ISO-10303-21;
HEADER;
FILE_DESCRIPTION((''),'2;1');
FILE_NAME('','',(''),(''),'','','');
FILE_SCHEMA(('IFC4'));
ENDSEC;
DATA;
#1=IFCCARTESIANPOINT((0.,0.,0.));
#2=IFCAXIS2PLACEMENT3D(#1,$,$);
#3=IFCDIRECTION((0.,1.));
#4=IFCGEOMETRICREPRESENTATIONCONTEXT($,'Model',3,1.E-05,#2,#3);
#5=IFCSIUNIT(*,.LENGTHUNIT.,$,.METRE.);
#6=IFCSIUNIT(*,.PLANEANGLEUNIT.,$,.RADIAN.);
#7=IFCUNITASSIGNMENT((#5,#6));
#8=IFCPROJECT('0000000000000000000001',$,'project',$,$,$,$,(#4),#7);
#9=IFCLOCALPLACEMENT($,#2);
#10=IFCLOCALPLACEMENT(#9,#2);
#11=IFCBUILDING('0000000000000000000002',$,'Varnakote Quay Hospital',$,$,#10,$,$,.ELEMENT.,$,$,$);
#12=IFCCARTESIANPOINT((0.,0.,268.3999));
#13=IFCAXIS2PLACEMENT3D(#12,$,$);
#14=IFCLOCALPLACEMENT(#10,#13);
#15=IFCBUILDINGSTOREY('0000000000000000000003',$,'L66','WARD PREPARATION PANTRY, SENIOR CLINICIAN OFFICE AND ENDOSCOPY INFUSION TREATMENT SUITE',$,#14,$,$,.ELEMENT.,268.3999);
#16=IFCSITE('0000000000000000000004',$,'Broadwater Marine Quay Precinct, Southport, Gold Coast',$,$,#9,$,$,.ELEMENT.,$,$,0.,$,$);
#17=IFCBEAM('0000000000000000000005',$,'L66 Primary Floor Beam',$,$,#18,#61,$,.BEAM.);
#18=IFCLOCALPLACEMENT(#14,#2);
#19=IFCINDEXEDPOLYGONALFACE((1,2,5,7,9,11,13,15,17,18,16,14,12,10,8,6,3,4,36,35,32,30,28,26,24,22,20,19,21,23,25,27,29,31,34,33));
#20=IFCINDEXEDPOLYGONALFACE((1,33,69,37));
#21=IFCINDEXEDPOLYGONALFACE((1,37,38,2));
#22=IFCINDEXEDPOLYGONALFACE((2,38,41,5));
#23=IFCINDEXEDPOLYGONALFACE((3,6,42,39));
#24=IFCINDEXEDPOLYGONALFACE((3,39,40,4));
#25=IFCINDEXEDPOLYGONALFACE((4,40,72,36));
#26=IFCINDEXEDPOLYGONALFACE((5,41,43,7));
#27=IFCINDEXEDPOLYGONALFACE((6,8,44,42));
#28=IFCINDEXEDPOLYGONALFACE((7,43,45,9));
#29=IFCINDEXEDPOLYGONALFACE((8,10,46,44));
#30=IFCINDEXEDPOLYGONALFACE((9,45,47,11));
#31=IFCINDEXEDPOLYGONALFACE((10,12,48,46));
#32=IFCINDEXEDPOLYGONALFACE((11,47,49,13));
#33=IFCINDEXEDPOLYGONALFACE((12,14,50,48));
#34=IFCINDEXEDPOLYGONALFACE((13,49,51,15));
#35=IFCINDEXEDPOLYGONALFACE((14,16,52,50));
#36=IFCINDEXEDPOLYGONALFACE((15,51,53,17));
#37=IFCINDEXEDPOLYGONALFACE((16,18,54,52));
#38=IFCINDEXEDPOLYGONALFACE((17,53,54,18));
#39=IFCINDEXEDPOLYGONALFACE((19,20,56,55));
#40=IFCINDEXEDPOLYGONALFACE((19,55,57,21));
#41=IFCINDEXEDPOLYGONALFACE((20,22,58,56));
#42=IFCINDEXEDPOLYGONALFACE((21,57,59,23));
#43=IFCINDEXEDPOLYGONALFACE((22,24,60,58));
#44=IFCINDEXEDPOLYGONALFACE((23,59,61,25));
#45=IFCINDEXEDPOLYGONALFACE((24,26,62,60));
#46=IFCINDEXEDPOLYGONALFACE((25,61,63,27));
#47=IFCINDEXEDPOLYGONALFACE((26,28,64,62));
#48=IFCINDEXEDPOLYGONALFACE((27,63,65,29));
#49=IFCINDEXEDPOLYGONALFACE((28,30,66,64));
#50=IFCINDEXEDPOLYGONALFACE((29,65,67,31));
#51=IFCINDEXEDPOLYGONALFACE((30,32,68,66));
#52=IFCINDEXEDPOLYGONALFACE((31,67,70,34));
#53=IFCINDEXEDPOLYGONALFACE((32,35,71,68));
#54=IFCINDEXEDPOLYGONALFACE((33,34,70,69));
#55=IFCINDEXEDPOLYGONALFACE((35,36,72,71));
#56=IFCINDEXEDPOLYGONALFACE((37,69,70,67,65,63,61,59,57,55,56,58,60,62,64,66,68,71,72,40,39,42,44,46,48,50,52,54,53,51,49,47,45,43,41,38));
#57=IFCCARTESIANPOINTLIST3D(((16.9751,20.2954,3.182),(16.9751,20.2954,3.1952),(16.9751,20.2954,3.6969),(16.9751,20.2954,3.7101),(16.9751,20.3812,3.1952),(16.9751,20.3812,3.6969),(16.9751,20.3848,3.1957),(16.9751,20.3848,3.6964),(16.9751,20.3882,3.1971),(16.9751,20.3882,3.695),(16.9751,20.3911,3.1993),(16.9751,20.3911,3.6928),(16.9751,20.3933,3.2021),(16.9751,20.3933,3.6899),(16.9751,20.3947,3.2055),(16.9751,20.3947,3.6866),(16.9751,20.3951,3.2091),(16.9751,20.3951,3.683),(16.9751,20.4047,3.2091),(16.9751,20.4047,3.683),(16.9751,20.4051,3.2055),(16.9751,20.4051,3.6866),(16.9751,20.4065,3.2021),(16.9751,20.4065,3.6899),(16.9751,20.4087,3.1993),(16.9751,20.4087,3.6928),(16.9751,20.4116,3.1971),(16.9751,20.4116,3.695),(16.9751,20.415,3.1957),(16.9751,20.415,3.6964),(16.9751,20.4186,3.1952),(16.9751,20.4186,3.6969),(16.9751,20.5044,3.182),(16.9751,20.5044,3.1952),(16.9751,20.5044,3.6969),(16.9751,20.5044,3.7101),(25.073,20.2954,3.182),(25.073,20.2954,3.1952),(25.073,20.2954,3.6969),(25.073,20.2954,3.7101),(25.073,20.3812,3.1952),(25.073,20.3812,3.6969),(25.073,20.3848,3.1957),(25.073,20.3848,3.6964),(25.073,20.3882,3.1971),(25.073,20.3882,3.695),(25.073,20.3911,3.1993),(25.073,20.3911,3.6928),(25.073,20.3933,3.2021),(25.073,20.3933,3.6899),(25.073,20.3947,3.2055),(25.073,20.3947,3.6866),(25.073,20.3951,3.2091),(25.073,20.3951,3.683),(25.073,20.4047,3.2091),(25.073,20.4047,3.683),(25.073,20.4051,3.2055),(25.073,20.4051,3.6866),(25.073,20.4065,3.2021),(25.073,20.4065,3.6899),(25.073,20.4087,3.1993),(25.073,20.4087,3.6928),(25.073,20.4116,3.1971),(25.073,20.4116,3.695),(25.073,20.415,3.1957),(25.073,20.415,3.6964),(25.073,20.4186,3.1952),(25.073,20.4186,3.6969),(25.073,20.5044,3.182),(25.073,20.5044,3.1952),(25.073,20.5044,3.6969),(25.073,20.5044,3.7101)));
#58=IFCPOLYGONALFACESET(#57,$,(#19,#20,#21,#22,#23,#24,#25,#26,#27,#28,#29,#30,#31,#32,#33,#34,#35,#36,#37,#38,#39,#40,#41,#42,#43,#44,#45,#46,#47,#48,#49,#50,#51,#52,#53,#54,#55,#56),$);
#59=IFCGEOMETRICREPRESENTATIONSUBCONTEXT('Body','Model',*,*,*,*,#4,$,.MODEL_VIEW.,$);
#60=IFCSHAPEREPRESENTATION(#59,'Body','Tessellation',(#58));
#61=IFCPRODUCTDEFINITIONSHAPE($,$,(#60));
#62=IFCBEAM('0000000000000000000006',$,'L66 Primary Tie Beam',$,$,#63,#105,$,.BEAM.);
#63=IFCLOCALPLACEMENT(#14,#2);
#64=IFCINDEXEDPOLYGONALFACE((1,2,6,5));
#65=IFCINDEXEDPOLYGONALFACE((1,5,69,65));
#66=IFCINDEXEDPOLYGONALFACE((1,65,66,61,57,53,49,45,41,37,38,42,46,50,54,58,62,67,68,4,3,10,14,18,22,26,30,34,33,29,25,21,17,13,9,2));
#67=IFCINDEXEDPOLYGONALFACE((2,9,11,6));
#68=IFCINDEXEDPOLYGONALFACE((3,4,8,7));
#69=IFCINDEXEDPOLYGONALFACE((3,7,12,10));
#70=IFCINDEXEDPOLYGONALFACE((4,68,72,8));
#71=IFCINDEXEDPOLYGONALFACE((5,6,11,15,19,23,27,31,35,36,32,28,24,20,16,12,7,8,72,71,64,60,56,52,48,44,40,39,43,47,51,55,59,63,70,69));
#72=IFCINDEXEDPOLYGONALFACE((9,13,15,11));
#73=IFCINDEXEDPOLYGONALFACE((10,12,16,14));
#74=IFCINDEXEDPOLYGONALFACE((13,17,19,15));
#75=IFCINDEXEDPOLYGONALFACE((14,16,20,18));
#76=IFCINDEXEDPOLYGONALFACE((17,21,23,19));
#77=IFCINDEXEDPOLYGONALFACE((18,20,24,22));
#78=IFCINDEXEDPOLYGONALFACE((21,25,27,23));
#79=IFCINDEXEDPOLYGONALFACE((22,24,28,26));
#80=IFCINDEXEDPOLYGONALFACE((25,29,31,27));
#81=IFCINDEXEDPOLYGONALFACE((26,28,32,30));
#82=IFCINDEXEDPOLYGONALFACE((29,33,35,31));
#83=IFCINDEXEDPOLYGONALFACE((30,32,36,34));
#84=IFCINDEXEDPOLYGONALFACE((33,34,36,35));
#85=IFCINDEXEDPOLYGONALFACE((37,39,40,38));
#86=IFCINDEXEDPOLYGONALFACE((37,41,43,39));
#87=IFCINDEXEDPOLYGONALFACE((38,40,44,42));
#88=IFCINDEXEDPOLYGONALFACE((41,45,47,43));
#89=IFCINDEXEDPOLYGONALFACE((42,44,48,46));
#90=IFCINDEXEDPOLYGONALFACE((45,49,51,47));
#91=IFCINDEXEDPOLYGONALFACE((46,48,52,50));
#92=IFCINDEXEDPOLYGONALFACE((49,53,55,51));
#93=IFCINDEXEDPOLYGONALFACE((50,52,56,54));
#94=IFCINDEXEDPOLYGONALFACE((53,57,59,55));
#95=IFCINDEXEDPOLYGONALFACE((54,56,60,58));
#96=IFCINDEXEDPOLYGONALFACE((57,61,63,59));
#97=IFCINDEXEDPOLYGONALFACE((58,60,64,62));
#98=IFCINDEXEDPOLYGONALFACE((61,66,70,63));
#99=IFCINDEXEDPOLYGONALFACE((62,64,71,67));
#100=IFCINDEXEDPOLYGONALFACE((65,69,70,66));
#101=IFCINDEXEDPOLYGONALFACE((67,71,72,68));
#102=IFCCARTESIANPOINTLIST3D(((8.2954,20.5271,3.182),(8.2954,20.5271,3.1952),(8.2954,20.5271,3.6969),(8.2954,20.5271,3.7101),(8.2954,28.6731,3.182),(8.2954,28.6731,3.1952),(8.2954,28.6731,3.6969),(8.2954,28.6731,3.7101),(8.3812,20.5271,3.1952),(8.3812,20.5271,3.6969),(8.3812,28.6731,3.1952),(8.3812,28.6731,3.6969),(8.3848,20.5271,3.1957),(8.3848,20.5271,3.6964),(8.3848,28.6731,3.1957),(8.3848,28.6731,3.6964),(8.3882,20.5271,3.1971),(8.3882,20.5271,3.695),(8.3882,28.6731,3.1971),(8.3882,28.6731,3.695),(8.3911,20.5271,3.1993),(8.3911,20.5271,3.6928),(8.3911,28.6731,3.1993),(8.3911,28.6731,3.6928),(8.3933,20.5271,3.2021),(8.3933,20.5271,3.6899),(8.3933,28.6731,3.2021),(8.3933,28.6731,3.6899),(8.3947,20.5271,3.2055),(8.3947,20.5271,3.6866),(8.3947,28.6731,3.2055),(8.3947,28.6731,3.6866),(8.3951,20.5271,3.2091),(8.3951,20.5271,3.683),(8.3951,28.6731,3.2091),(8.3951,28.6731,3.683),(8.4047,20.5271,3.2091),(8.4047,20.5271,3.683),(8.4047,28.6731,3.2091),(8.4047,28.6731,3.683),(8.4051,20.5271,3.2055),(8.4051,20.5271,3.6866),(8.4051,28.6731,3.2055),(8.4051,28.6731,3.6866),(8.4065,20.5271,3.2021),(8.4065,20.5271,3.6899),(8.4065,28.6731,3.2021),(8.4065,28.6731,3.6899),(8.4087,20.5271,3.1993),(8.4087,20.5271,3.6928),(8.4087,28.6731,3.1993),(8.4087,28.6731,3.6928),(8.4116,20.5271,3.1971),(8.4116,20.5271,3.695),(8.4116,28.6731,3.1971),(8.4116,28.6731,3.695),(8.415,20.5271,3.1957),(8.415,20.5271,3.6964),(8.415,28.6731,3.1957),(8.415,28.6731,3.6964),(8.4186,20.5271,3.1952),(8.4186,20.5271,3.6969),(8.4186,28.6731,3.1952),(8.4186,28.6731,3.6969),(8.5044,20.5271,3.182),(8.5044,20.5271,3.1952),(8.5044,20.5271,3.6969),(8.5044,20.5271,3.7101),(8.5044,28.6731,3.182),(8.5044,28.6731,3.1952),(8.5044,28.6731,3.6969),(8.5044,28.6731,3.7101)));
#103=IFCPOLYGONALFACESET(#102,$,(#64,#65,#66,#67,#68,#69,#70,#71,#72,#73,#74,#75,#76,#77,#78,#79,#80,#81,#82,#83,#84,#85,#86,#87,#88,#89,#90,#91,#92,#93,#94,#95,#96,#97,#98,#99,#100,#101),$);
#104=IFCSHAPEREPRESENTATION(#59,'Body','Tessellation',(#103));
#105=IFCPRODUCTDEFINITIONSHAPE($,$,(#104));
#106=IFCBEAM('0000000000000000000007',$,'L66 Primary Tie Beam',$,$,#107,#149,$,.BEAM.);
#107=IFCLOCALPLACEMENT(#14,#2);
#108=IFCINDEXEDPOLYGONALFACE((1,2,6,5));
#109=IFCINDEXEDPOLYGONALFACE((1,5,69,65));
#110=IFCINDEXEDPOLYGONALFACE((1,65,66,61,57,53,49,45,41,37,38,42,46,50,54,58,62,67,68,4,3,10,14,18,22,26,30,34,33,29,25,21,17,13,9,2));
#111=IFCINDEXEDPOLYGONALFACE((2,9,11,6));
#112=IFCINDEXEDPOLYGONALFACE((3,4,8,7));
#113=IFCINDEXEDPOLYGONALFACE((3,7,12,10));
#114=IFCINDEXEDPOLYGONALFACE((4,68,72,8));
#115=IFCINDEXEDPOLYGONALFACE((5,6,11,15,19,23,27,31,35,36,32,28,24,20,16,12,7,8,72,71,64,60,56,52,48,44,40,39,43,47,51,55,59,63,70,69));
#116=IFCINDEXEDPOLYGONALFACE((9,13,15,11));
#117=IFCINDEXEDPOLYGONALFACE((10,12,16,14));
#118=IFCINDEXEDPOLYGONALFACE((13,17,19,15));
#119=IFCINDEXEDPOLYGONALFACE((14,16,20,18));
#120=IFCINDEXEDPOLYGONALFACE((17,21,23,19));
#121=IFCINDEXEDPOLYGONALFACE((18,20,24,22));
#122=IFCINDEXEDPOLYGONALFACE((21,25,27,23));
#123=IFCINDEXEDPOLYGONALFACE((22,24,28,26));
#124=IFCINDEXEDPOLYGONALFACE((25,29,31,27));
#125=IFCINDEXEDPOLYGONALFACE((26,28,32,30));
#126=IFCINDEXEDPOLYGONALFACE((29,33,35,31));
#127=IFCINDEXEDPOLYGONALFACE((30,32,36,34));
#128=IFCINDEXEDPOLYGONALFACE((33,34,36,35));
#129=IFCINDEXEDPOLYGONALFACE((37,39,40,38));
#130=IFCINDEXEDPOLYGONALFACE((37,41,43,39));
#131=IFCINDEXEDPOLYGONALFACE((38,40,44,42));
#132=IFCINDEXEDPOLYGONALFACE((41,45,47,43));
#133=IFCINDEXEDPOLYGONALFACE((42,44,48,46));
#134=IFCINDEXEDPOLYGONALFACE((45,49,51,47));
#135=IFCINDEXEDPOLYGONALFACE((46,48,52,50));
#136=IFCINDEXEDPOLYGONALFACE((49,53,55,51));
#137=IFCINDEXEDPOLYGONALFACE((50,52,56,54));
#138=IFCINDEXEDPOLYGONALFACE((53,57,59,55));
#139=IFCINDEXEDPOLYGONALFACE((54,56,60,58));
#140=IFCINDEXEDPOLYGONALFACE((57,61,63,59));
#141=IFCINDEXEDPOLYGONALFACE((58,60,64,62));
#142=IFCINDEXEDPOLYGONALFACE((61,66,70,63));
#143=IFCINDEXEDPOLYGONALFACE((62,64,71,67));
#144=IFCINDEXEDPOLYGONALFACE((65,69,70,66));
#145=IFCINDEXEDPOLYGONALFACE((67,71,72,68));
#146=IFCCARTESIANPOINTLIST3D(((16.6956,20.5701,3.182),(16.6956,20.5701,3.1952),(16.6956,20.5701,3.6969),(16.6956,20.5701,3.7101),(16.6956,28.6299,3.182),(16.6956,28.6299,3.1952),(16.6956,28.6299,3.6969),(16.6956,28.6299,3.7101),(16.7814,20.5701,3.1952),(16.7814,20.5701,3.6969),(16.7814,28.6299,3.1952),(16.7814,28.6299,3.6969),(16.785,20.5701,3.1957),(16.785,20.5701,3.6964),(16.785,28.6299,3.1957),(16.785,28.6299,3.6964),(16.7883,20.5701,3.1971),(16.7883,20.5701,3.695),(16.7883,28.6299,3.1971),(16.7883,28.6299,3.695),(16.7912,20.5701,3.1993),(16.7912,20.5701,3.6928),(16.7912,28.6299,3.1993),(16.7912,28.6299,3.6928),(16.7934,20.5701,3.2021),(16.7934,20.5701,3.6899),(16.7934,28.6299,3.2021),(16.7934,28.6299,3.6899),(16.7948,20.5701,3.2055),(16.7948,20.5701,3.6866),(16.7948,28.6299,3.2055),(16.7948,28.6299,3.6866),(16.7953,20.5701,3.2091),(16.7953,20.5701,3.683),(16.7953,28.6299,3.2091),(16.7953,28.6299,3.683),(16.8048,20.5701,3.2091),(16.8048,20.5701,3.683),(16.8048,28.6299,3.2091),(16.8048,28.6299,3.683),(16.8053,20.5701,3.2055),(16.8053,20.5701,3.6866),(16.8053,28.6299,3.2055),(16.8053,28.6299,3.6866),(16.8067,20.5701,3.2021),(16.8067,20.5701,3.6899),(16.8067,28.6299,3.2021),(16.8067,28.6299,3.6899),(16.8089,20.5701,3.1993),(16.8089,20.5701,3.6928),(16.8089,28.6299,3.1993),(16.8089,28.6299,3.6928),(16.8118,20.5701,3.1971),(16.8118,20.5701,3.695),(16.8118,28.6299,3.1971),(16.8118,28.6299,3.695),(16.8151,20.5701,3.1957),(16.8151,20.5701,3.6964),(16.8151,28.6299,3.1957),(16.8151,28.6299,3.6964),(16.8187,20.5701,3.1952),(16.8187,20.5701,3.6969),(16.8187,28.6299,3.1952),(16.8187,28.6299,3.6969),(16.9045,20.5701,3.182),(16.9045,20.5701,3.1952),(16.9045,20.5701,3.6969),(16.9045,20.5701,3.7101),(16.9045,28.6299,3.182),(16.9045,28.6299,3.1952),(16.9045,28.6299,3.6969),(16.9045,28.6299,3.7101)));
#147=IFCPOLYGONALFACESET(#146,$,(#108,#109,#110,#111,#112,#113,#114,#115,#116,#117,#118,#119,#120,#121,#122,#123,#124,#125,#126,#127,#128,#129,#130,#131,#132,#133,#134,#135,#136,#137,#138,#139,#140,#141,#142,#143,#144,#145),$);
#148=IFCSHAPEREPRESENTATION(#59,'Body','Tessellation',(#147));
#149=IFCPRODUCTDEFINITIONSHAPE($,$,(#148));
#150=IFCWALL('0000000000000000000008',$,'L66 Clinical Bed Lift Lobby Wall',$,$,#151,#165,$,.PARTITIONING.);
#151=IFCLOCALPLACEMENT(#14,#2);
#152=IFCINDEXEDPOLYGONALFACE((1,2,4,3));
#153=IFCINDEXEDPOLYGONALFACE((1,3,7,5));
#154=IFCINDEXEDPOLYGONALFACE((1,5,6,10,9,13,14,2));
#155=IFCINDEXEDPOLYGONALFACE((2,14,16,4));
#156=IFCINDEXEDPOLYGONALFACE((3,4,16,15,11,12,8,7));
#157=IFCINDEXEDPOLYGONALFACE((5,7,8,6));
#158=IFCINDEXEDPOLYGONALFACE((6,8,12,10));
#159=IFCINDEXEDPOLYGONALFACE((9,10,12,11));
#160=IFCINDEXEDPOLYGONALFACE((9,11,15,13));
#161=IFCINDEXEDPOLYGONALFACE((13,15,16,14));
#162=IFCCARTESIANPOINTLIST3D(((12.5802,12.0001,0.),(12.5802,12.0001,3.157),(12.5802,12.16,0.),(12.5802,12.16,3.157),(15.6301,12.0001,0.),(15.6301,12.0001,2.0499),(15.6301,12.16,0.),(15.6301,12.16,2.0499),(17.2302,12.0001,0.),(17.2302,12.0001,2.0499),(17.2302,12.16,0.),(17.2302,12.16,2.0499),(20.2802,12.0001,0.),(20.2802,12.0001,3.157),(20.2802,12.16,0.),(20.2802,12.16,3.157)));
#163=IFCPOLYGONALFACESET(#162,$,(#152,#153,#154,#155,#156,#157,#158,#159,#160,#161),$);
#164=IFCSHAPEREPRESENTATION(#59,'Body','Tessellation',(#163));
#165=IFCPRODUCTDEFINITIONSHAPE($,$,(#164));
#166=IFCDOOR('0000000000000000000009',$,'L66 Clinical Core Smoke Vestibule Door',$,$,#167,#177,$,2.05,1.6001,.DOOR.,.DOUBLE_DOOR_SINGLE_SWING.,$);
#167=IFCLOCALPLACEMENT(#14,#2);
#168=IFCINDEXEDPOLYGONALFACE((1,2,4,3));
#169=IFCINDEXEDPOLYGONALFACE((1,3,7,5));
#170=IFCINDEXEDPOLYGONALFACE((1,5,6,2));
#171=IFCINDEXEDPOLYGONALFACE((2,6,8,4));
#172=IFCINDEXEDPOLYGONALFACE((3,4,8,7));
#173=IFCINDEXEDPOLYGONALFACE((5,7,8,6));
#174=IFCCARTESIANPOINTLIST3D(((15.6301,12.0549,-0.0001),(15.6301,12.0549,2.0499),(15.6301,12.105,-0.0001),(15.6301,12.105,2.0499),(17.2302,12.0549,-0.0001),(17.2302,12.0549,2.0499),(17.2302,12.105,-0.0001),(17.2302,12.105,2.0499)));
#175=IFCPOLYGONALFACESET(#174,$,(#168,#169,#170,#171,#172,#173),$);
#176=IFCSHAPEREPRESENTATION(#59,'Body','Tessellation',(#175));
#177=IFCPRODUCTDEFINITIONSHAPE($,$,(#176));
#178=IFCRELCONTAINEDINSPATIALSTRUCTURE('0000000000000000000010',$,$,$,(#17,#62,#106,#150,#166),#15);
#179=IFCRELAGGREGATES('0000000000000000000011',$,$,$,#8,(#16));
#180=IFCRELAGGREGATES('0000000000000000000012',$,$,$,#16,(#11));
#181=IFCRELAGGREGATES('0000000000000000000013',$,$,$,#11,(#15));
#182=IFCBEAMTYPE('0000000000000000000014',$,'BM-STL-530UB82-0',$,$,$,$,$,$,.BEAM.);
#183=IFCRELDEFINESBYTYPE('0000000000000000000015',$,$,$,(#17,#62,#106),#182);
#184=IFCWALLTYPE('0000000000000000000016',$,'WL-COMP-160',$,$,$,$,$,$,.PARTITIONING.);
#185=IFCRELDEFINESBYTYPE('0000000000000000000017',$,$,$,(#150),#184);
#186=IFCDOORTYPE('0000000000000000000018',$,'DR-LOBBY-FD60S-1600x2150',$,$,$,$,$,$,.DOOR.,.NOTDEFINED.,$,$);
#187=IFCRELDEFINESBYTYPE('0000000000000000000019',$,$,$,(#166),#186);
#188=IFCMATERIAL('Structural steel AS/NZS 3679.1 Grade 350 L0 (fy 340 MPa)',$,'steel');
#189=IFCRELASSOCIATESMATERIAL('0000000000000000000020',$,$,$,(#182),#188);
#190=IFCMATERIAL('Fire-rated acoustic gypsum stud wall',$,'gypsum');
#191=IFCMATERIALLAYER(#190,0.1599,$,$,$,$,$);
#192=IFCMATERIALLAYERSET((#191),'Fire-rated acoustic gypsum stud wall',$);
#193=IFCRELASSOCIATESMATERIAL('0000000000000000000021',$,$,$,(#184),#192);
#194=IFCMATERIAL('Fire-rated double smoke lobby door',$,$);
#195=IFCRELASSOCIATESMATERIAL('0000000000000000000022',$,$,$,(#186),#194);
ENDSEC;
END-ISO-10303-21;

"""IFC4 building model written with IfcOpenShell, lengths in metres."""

from ifc_helpers import new_model, si_unit, direction, frame, frame_2d, origin, origin_2d, place, context, subcontext, project, spatial, rectangle, i_section, extrude, material, layer, layer_set, material_profile, profile_set, type_object, element, fill, save


model = new_model("IFC4")

# Units and contexts
model_context = context("Model", 3, precision=1e-05, world=origin(), true_north=direction((0.0, 1.0)))
body_context = subcontext(model_context, "Body", "Model", "MODEL_VIEW")
ifc_project = project(units=[si_unit("LENGTHUNIT", "METRE"), si_unit("PLANEANGLEUNIT", "RADIAN")], contexts=[model_context])

# Site, building, storey
site_placement = place(None, origin())
site = spatial("IfcSite", under=ifc_project, at=site_placement, Name="Broadwater Marine Quay Precinct, Southport, Gold Coast", CompositionType="ELEMENT", RefElevation=0.0)
building_placement = place(site_placement, origin())
building = spatial("IfcBuilding", under=site, at=building_placement, Name="Varnakote Quay Hospital", CompositionType="ELEMENT")
storey_placement = place(building_placement, frame((0.0, 0.0, 268.3999)))
storey = spatial("IfcBuildingStorey", under=building, at=storey_placement, Name="L66", Description="WARD PREPARATION PANTRY, SENIOR CLINICIAN OFFICE AND ENDOSCOPY INFUSION TREATMENT SUITE", CompositionType="ELEMENT", Elevation=268.3999)

# Beams
ifc_material_1 = material(Name="Structural steel AS/NZS 3679.1 Grade 350 L0 (fy 340 MPa)", Category="steel")
ifc_material_profile_1 = material_profile(ifc_material_1, i_section(OverallWidth=0.209, OverallDepth=0.5281, WebThickness=0.0095, FlangeThickness=0.0132, FilletRadius=0.0139, at=origin_2d()), Name="530UB82.0")
ifc_profile_set_1 = profile_set([ifc_material_profile_1], Name="Structural steel AS/NZS 3679.1 Grade 350 L0 (fy 340 MPa)")
beam_type = type_object("IfcBeamType", Name="BM-STL-530UB82-0", PredefinedType="BEAM", material=ifc_profile_set_1)
for number, where, z_axis, x_axis, name in (
    (1, (16.9751, 20.3999, 3.446), (1.0, 0.0, 0.0), (0.0, 1.0, 0.0), "L66 Primary Floor Beam"),
):
    element("IfcBeam", number, at=place(storey_placement, frame(where, z_axis=z_axis, x_axis=x_axis)), inside=storey, type_object=beam_type, Name=name, PredefinedType="BEAM", context=body_context, shape_type="SweptSolid", body=[
        extrude(i_section(OverallWidth=0.209, OverallDepth=0.5281, WebThickness=0.0095, FlangeThickness=0.0132, FilletRadius=0.0139, at=origin_2d()), origin(), (0.0, 0.0, 1.0), 8.0979),
    ])
beam_1_placement = place(storey_placement, frame((8.3999, 20.5271, 3.446), z_axis=(0.0, 1.0, 0.0), x_axis=(-1.0, 0.0, 0.0)))
element("IfcBeam", 2, at=beam_1_placement, inside=storey, type_object=beam_type, Name="L66 Primary Tie Beam", PredefinedType="BEAM", context=body_context, shape_type="SweptSolid", body=[
    extrude(i_section(OverallWidth=0.209, OverallDepth=0.5281, WebThickness=0.0095, FlangeThickness=0.0132, FilletRadius=0.0139, at=origin_2d()), origin(), (0.0, 0.0, 1.0), 8.146),
])
beam_2_placement = place(storey_placement, frame((16.8, 20.5701, 3.446), z_axis=(0.0, 1.0, 0.0), x_axis=(-1.0, 0.0, 0.0)))
element("IfcBeam", 3, at=beam_2_placement, inside=storey, type_object=beam_type, Name="L66 Primary Tie Beam", PredefinedType="BEAM", context=body_context, shape_type="SweptSolid", body=[
    extrude(i_section(OverallWidth=0.209, OverallDepth=0.5281, WebThickness=0.0095, FlangeThickness=0.0132, FilletRadius=0.0139, at=origin_2d()), origin(), (0.0, 0.0, 1.0), 8.0598),
])

# Wall, opening, door
ifc_material_2 = material(Name="Fire-rated acoustic gypsum stud wall", Category="gypsum")
ifc_layer_1 = layer(ifc_material_2, 0.1599)
ifc_layer_set_1 = layer_set([ifc_layer_1], Name="Fire-rated acoustic gypsum stud wall")
wall_type_1 = type_object("IfcWallType", Name="WL-COMP-160", PredefinedType="PARTITIONING", material=ifc_layer_set_1)
wall_1_placement = place(storey_placement, frame((12.5801, 12.0801, 0.0), z_axis=(0.0, 0.0, 1.0), x_axis=(1.0, 0.0, 0.0)))
wall_1 = element("IfcWall", 4, at=wall_1_placement, inside=storey, type_object=wall_type_1, Name="L66 Clinical Bed Lift Lobby Wall", PredefinedType="PARTITIONING", context=body_context, shape_type="SweptSolid", body=[
    extrude(rectangle(XDim=7.7, YDim=0.1599, at=frame_2d((3.8501, 0.0))), origin(), (0.0, 0.0, 1.0), 3.157),
])
opening_1_placement = place(wall_1_placement, frame((3.05, 0.0, 0.0)))
opening_1 = element("IfcOpeningElement", 5, at=opening_1_placement, cuts=wall_1, PredefinedType="OPENING", context=body_context, shape_type="SweptSolid", body=[
    extrude(rectangle(XDim=1.6001, YDim=2.05, at=frame_2d((0.8, 1.0249))), frame((0.0, 0.0898, 0.0), z_axis=(0.0, -1.0, 0.0), x_axis=(1.0, 0.0, 0.0)), (0.0, 0.0, 1.0), 0.1799),
])
ifc_material_3 = material(Name="Fire-rated double smoke lobby door")
door_type_1 = type_object("IfcDoorType", Name="DR-LOBBY-FD60S-1600x2150", OperationType="NOTDEFINED", PredefinedType="DOOR", material=ifc_material_3)
door_1_placement = place(opening_1_placement, origin())
door_1 = element("IfcDoor", 6, at=door_1_placement, inside=storey, type_object=door_type_1, Name="L66 Clinical Core Smoke Vestibule Door", OperationType="DOUBLE_DOOR_SINGLE_SWING", OverallHeight=2.05, OverallWidth=1.6001, PredefinedType="DOOR", context=body_context, shape_type="SweptSolid", body=[
    extrude(rectangle(XDim=1.6001, YDim=2.05, at=frame_2d((0.8, 1.0249))), frame((0.0, 0.0249, 0.0), z_axis=(0.0, -1.0, 0.0), x_axis=(1.0, 0.0, 0.0)), (0.0, 0.0, 1.0), 0.05),
])
fill(opening_1, door_1)

save(model, "model.ifc")
